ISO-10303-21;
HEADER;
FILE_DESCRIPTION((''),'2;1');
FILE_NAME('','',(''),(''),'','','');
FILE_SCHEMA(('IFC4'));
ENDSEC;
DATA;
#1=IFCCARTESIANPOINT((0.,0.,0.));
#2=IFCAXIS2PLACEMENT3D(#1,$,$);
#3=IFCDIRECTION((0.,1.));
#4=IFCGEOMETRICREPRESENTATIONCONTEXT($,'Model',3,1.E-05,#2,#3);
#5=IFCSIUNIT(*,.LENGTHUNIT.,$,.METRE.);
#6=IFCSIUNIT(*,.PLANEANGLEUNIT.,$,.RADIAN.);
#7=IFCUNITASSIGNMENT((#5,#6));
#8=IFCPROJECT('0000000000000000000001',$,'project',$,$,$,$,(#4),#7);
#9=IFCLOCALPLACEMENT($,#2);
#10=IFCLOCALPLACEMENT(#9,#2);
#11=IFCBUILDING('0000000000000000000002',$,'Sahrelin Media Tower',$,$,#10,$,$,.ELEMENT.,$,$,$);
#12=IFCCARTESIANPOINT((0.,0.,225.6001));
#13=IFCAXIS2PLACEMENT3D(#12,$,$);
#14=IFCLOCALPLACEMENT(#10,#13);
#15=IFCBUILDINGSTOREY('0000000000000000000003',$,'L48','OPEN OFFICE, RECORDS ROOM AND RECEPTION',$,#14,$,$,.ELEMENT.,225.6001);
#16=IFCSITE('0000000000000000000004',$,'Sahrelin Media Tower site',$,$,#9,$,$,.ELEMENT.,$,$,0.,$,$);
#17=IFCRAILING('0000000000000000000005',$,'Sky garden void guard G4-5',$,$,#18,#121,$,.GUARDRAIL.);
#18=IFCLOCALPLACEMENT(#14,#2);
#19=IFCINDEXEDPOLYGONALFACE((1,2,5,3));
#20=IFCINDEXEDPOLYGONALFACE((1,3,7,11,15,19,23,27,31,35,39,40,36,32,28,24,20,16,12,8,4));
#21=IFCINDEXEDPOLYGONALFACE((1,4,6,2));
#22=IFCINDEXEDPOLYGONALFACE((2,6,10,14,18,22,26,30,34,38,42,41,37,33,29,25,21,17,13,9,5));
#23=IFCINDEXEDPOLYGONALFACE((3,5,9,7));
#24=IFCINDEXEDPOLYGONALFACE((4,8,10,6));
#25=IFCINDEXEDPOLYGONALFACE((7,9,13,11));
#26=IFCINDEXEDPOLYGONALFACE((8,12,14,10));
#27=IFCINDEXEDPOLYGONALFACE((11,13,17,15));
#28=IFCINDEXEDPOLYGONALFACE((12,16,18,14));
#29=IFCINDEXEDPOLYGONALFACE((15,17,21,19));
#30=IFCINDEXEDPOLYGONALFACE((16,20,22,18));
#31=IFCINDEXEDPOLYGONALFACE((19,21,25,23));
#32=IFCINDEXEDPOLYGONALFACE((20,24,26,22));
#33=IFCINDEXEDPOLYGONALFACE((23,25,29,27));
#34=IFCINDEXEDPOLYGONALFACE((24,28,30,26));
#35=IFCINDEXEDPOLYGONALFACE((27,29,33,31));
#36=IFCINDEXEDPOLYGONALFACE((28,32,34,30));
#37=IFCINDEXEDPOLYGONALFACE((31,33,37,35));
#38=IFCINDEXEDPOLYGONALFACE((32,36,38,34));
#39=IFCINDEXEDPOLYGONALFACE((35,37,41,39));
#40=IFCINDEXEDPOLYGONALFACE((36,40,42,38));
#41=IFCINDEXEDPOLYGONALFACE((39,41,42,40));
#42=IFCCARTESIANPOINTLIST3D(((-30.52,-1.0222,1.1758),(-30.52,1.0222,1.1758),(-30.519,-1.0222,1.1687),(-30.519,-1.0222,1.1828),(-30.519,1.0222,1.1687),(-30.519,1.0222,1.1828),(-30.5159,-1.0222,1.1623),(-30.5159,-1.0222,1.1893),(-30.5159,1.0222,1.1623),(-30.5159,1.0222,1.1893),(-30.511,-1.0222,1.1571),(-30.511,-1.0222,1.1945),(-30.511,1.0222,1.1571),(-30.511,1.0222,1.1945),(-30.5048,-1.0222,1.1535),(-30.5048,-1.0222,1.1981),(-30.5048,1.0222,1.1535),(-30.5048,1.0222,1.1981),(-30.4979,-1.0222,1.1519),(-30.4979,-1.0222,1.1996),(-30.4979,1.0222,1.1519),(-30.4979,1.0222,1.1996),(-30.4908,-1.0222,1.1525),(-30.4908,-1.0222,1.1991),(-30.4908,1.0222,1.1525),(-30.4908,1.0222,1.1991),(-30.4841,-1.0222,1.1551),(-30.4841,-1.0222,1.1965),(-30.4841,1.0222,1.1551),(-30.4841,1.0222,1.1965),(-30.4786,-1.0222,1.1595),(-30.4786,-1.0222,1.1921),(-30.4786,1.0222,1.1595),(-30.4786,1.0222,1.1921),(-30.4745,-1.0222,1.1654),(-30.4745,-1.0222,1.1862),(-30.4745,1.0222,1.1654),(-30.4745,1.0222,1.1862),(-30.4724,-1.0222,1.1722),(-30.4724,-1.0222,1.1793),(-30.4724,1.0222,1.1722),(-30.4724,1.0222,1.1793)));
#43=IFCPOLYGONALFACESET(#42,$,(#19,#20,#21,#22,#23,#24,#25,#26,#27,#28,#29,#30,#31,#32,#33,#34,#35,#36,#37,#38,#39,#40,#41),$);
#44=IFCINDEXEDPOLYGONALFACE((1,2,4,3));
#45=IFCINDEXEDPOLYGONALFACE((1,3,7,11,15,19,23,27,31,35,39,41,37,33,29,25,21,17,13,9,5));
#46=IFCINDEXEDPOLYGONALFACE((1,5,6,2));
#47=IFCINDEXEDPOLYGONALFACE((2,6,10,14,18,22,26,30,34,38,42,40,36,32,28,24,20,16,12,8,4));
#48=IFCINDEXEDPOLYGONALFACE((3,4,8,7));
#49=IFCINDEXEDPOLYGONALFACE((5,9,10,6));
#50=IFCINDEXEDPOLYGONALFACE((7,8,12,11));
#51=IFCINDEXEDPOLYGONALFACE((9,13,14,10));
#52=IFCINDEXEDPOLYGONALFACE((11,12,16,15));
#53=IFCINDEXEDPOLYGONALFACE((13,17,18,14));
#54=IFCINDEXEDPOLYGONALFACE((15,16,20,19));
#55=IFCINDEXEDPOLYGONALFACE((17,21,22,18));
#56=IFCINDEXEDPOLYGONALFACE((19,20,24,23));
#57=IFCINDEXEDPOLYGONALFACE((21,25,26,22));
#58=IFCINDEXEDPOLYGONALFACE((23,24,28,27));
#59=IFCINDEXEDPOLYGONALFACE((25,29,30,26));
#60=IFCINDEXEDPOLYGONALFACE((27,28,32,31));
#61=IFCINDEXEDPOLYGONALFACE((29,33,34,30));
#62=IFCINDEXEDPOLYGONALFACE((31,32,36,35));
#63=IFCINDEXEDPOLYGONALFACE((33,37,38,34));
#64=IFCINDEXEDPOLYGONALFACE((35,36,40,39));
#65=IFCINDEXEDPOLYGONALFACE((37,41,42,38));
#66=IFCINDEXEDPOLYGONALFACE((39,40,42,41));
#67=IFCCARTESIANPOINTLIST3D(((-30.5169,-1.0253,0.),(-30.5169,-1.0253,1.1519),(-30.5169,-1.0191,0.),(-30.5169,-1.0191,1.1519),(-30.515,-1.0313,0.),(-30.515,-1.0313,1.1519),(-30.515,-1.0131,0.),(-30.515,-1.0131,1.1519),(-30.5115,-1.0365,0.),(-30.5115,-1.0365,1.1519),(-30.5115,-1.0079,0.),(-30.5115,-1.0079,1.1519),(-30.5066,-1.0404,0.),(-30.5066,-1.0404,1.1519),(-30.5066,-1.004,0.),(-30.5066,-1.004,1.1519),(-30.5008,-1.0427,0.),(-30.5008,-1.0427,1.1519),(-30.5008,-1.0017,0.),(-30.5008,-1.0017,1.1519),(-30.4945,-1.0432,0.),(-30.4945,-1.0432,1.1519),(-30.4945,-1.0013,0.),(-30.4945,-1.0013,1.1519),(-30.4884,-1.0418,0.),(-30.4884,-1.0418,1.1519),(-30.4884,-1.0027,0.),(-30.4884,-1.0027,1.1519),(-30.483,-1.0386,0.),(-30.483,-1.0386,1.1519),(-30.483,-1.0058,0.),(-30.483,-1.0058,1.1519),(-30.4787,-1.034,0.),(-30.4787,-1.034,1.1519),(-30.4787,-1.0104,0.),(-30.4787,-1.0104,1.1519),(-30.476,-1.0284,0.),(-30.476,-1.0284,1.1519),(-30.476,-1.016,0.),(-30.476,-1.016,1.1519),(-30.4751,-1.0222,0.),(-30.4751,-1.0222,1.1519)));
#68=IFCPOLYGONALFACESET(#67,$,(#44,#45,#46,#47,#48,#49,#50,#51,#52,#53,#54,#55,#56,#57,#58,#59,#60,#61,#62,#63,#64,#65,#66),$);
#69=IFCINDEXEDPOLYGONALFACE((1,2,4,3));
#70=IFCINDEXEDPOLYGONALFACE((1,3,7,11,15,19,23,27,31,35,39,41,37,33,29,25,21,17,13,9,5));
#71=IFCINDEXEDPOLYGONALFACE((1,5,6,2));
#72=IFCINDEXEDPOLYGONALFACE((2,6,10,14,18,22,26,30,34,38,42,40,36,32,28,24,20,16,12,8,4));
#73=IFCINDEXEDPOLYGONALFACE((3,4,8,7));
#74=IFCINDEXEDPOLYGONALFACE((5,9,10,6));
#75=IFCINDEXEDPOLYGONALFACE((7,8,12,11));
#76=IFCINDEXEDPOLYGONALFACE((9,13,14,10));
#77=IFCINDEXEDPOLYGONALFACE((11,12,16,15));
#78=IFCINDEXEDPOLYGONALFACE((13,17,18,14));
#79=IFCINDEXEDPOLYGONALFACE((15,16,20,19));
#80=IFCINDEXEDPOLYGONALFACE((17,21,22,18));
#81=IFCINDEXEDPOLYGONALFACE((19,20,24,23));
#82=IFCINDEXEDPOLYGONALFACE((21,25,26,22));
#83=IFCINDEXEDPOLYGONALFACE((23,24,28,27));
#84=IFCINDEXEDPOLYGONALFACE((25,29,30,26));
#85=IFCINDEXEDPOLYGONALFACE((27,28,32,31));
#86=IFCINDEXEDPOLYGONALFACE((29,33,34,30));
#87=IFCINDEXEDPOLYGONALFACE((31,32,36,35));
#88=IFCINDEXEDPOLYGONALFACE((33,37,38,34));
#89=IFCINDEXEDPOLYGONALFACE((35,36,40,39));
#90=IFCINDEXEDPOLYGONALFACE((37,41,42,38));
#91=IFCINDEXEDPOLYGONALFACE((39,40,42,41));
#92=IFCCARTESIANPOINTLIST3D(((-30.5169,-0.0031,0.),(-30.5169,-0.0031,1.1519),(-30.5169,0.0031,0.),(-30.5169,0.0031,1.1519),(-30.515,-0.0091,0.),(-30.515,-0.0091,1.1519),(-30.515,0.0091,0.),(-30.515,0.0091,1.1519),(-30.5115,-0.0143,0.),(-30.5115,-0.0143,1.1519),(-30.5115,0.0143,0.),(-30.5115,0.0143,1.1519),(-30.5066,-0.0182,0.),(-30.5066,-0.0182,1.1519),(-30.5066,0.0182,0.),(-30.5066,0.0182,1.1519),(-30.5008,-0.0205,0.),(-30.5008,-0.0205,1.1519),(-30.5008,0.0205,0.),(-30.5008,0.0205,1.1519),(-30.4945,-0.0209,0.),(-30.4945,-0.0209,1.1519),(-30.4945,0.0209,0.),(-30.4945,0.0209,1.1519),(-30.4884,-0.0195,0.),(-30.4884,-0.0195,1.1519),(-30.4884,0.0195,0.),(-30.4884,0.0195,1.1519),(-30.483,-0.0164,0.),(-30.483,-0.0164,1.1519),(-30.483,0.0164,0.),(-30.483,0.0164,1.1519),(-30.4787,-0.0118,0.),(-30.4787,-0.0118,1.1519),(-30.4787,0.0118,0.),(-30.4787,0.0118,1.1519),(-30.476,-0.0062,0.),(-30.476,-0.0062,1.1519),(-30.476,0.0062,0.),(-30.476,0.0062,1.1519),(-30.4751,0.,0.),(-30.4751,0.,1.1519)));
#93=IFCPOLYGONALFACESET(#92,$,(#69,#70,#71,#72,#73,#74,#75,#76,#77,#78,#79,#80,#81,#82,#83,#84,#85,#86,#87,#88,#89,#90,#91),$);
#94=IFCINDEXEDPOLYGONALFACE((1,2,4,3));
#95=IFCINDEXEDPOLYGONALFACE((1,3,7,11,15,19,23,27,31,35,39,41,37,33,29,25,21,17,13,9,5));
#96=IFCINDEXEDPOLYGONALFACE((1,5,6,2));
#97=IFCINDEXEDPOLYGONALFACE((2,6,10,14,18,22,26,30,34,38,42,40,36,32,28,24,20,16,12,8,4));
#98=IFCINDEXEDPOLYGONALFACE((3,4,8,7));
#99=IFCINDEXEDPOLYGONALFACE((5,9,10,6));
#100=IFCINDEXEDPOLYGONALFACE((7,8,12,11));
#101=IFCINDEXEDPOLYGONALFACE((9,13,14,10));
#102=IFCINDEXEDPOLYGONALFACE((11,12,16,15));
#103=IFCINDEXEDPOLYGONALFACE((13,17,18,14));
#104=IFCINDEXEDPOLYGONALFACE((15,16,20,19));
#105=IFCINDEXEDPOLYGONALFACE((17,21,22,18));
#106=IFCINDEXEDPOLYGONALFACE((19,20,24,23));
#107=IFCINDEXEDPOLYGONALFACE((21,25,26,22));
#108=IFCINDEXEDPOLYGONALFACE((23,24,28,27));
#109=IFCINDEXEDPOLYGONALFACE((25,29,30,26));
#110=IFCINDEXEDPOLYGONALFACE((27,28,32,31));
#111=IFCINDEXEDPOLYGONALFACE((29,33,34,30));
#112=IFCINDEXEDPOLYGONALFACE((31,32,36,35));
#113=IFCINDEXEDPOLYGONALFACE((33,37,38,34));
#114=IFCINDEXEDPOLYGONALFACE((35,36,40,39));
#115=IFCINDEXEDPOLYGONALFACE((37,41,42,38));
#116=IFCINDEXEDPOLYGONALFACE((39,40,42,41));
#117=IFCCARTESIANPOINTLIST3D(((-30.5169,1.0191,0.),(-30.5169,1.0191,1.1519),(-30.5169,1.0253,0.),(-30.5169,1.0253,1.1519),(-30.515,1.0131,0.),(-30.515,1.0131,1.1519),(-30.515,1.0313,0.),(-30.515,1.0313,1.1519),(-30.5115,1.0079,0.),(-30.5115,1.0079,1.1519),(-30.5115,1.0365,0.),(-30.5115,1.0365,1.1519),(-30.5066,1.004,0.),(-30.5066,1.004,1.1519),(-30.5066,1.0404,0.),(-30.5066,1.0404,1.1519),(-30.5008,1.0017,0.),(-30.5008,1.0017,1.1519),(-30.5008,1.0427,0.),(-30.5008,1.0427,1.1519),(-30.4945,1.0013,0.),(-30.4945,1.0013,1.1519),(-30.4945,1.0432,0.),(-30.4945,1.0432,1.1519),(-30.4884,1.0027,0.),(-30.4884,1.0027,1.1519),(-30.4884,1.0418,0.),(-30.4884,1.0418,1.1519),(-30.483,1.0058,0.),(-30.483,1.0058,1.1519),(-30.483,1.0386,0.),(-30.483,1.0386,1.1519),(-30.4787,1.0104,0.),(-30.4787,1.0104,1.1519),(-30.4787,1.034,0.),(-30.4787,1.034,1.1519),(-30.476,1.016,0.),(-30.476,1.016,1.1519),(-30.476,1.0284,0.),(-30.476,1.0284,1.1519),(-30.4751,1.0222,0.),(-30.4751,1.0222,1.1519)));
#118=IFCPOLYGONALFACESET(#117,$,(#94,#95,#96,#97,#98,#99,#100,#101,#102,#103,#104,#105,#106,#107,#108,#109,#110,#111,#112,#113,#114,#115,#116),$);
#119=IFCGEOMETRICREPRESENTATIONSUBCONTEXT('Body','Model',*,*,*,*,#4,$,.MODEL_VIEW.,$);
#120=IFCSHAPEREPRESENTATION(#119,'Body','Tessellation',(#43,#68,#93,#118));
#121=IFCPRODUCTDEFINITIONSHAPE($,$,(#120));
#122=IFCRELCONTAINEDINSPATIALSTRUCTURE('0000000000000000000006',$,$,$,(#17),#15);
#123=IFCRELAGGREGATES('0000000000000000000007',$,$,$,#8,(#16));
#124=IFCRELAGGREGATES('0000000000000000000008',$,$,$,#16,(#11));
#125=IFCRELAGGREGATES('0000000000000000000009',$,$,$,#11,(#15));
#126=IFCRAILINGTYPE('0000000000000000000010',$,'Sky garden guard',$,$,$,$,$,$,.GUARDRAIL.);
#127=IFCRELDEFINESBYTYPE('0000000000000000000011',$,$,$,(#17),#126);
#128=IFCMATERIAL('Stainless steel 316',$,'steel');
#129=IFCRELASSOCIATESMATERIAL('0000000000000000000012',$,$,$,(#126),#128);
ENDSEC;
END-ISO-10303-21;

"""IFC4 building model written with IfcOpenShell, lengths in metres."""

from ifc_helpers import new_model, si_unit, direction, frame, origin, origin_2d, place, context, subcontext, project, spatial, circle, extrude, material, type_object, element, save


model = new_model("IFC4")

# Units and contexts
model_context = context("Model", 3, precision=1e-05, world=origin(), true_north=direction((0.0, 1.0)))
body_context = subcontext(model_context, "Body", "Model", "MODEL_VIEW")
ifc_project = project(units=[si_unit("LENGTHUNIT", "METRE"), si_unit("PLANEANGLEUNIT", "RADIAN")], contexts=[model_context])

# Site, building, storey
site_placement = place(None, origin())
site = spatial("IfcSite", under=ifc_project, at=site_placement, Name="Sahrelin Media Tower site", CompositionType="ELEMENT", RefElevation=0.0)
building_placement = place(site_placement, origin())
building = spatial("IfcBuilding", under=site, at=building_placement, Name="Sahrelin Media Tower", CompositionType="ELEMENT")
storey_placement = place(building_placement, frame((0.0, 0.0, 225.6001)))
storey = spatial("IfcBuildingStorey", under=building, at=storey_placement, Name="L48", Description="OPEN OFFICE, RECORDS ROOM AND RECEPTION", CompositionType="ELEMENT", Elevation=225.6001)

# Railing
ifc_material_1 = material(Name="Stainless steel 316", Category="steel")
railing_type = type_object("IfcRailingType", Name="Sky garden guard", PredefinedType="GUARDRAIL", material=ifc_material_1)
railing_1_placement = place(storey_placement, frame((-30.4961, -1.0222, 0.0)))
element("IfcRailing", 1, at=railing_1_placement, inside=storey, type_object=railing_type, Name="Sky garden void guard G4-5", PredefinedType="GUARDRAIL", context=body_context, shape_type="SweptSolid", body=[
    extrude(circle(Radius=0.0239, at=origin_2d()), frame((0.0, 0.0, 1.1758), z_axis=(0.0, 1.0, 0.0), x_axis=(-1.0, 0.0, 0.0)), (0.0, 0.0, 1.0), 2.0444),
    extrude(circle(Radius=0.021, at=origin_2d()), origin(), (0.0, 0.0, 1.0), 1.1519),
    extrude(circle(Radius=0.021, at=origin_2d()), frame((0.0, 1.0222, 0.0)), (0.0, 0.0, 1.0), 1.1519),
    extrude(circle(Radius=0.021, at=origin_2d()), frame((0.0, 2.0444, 0.0)), (0.0, 0.0, 1.0), 1.1519),
])

save(model, "model.ifc")
